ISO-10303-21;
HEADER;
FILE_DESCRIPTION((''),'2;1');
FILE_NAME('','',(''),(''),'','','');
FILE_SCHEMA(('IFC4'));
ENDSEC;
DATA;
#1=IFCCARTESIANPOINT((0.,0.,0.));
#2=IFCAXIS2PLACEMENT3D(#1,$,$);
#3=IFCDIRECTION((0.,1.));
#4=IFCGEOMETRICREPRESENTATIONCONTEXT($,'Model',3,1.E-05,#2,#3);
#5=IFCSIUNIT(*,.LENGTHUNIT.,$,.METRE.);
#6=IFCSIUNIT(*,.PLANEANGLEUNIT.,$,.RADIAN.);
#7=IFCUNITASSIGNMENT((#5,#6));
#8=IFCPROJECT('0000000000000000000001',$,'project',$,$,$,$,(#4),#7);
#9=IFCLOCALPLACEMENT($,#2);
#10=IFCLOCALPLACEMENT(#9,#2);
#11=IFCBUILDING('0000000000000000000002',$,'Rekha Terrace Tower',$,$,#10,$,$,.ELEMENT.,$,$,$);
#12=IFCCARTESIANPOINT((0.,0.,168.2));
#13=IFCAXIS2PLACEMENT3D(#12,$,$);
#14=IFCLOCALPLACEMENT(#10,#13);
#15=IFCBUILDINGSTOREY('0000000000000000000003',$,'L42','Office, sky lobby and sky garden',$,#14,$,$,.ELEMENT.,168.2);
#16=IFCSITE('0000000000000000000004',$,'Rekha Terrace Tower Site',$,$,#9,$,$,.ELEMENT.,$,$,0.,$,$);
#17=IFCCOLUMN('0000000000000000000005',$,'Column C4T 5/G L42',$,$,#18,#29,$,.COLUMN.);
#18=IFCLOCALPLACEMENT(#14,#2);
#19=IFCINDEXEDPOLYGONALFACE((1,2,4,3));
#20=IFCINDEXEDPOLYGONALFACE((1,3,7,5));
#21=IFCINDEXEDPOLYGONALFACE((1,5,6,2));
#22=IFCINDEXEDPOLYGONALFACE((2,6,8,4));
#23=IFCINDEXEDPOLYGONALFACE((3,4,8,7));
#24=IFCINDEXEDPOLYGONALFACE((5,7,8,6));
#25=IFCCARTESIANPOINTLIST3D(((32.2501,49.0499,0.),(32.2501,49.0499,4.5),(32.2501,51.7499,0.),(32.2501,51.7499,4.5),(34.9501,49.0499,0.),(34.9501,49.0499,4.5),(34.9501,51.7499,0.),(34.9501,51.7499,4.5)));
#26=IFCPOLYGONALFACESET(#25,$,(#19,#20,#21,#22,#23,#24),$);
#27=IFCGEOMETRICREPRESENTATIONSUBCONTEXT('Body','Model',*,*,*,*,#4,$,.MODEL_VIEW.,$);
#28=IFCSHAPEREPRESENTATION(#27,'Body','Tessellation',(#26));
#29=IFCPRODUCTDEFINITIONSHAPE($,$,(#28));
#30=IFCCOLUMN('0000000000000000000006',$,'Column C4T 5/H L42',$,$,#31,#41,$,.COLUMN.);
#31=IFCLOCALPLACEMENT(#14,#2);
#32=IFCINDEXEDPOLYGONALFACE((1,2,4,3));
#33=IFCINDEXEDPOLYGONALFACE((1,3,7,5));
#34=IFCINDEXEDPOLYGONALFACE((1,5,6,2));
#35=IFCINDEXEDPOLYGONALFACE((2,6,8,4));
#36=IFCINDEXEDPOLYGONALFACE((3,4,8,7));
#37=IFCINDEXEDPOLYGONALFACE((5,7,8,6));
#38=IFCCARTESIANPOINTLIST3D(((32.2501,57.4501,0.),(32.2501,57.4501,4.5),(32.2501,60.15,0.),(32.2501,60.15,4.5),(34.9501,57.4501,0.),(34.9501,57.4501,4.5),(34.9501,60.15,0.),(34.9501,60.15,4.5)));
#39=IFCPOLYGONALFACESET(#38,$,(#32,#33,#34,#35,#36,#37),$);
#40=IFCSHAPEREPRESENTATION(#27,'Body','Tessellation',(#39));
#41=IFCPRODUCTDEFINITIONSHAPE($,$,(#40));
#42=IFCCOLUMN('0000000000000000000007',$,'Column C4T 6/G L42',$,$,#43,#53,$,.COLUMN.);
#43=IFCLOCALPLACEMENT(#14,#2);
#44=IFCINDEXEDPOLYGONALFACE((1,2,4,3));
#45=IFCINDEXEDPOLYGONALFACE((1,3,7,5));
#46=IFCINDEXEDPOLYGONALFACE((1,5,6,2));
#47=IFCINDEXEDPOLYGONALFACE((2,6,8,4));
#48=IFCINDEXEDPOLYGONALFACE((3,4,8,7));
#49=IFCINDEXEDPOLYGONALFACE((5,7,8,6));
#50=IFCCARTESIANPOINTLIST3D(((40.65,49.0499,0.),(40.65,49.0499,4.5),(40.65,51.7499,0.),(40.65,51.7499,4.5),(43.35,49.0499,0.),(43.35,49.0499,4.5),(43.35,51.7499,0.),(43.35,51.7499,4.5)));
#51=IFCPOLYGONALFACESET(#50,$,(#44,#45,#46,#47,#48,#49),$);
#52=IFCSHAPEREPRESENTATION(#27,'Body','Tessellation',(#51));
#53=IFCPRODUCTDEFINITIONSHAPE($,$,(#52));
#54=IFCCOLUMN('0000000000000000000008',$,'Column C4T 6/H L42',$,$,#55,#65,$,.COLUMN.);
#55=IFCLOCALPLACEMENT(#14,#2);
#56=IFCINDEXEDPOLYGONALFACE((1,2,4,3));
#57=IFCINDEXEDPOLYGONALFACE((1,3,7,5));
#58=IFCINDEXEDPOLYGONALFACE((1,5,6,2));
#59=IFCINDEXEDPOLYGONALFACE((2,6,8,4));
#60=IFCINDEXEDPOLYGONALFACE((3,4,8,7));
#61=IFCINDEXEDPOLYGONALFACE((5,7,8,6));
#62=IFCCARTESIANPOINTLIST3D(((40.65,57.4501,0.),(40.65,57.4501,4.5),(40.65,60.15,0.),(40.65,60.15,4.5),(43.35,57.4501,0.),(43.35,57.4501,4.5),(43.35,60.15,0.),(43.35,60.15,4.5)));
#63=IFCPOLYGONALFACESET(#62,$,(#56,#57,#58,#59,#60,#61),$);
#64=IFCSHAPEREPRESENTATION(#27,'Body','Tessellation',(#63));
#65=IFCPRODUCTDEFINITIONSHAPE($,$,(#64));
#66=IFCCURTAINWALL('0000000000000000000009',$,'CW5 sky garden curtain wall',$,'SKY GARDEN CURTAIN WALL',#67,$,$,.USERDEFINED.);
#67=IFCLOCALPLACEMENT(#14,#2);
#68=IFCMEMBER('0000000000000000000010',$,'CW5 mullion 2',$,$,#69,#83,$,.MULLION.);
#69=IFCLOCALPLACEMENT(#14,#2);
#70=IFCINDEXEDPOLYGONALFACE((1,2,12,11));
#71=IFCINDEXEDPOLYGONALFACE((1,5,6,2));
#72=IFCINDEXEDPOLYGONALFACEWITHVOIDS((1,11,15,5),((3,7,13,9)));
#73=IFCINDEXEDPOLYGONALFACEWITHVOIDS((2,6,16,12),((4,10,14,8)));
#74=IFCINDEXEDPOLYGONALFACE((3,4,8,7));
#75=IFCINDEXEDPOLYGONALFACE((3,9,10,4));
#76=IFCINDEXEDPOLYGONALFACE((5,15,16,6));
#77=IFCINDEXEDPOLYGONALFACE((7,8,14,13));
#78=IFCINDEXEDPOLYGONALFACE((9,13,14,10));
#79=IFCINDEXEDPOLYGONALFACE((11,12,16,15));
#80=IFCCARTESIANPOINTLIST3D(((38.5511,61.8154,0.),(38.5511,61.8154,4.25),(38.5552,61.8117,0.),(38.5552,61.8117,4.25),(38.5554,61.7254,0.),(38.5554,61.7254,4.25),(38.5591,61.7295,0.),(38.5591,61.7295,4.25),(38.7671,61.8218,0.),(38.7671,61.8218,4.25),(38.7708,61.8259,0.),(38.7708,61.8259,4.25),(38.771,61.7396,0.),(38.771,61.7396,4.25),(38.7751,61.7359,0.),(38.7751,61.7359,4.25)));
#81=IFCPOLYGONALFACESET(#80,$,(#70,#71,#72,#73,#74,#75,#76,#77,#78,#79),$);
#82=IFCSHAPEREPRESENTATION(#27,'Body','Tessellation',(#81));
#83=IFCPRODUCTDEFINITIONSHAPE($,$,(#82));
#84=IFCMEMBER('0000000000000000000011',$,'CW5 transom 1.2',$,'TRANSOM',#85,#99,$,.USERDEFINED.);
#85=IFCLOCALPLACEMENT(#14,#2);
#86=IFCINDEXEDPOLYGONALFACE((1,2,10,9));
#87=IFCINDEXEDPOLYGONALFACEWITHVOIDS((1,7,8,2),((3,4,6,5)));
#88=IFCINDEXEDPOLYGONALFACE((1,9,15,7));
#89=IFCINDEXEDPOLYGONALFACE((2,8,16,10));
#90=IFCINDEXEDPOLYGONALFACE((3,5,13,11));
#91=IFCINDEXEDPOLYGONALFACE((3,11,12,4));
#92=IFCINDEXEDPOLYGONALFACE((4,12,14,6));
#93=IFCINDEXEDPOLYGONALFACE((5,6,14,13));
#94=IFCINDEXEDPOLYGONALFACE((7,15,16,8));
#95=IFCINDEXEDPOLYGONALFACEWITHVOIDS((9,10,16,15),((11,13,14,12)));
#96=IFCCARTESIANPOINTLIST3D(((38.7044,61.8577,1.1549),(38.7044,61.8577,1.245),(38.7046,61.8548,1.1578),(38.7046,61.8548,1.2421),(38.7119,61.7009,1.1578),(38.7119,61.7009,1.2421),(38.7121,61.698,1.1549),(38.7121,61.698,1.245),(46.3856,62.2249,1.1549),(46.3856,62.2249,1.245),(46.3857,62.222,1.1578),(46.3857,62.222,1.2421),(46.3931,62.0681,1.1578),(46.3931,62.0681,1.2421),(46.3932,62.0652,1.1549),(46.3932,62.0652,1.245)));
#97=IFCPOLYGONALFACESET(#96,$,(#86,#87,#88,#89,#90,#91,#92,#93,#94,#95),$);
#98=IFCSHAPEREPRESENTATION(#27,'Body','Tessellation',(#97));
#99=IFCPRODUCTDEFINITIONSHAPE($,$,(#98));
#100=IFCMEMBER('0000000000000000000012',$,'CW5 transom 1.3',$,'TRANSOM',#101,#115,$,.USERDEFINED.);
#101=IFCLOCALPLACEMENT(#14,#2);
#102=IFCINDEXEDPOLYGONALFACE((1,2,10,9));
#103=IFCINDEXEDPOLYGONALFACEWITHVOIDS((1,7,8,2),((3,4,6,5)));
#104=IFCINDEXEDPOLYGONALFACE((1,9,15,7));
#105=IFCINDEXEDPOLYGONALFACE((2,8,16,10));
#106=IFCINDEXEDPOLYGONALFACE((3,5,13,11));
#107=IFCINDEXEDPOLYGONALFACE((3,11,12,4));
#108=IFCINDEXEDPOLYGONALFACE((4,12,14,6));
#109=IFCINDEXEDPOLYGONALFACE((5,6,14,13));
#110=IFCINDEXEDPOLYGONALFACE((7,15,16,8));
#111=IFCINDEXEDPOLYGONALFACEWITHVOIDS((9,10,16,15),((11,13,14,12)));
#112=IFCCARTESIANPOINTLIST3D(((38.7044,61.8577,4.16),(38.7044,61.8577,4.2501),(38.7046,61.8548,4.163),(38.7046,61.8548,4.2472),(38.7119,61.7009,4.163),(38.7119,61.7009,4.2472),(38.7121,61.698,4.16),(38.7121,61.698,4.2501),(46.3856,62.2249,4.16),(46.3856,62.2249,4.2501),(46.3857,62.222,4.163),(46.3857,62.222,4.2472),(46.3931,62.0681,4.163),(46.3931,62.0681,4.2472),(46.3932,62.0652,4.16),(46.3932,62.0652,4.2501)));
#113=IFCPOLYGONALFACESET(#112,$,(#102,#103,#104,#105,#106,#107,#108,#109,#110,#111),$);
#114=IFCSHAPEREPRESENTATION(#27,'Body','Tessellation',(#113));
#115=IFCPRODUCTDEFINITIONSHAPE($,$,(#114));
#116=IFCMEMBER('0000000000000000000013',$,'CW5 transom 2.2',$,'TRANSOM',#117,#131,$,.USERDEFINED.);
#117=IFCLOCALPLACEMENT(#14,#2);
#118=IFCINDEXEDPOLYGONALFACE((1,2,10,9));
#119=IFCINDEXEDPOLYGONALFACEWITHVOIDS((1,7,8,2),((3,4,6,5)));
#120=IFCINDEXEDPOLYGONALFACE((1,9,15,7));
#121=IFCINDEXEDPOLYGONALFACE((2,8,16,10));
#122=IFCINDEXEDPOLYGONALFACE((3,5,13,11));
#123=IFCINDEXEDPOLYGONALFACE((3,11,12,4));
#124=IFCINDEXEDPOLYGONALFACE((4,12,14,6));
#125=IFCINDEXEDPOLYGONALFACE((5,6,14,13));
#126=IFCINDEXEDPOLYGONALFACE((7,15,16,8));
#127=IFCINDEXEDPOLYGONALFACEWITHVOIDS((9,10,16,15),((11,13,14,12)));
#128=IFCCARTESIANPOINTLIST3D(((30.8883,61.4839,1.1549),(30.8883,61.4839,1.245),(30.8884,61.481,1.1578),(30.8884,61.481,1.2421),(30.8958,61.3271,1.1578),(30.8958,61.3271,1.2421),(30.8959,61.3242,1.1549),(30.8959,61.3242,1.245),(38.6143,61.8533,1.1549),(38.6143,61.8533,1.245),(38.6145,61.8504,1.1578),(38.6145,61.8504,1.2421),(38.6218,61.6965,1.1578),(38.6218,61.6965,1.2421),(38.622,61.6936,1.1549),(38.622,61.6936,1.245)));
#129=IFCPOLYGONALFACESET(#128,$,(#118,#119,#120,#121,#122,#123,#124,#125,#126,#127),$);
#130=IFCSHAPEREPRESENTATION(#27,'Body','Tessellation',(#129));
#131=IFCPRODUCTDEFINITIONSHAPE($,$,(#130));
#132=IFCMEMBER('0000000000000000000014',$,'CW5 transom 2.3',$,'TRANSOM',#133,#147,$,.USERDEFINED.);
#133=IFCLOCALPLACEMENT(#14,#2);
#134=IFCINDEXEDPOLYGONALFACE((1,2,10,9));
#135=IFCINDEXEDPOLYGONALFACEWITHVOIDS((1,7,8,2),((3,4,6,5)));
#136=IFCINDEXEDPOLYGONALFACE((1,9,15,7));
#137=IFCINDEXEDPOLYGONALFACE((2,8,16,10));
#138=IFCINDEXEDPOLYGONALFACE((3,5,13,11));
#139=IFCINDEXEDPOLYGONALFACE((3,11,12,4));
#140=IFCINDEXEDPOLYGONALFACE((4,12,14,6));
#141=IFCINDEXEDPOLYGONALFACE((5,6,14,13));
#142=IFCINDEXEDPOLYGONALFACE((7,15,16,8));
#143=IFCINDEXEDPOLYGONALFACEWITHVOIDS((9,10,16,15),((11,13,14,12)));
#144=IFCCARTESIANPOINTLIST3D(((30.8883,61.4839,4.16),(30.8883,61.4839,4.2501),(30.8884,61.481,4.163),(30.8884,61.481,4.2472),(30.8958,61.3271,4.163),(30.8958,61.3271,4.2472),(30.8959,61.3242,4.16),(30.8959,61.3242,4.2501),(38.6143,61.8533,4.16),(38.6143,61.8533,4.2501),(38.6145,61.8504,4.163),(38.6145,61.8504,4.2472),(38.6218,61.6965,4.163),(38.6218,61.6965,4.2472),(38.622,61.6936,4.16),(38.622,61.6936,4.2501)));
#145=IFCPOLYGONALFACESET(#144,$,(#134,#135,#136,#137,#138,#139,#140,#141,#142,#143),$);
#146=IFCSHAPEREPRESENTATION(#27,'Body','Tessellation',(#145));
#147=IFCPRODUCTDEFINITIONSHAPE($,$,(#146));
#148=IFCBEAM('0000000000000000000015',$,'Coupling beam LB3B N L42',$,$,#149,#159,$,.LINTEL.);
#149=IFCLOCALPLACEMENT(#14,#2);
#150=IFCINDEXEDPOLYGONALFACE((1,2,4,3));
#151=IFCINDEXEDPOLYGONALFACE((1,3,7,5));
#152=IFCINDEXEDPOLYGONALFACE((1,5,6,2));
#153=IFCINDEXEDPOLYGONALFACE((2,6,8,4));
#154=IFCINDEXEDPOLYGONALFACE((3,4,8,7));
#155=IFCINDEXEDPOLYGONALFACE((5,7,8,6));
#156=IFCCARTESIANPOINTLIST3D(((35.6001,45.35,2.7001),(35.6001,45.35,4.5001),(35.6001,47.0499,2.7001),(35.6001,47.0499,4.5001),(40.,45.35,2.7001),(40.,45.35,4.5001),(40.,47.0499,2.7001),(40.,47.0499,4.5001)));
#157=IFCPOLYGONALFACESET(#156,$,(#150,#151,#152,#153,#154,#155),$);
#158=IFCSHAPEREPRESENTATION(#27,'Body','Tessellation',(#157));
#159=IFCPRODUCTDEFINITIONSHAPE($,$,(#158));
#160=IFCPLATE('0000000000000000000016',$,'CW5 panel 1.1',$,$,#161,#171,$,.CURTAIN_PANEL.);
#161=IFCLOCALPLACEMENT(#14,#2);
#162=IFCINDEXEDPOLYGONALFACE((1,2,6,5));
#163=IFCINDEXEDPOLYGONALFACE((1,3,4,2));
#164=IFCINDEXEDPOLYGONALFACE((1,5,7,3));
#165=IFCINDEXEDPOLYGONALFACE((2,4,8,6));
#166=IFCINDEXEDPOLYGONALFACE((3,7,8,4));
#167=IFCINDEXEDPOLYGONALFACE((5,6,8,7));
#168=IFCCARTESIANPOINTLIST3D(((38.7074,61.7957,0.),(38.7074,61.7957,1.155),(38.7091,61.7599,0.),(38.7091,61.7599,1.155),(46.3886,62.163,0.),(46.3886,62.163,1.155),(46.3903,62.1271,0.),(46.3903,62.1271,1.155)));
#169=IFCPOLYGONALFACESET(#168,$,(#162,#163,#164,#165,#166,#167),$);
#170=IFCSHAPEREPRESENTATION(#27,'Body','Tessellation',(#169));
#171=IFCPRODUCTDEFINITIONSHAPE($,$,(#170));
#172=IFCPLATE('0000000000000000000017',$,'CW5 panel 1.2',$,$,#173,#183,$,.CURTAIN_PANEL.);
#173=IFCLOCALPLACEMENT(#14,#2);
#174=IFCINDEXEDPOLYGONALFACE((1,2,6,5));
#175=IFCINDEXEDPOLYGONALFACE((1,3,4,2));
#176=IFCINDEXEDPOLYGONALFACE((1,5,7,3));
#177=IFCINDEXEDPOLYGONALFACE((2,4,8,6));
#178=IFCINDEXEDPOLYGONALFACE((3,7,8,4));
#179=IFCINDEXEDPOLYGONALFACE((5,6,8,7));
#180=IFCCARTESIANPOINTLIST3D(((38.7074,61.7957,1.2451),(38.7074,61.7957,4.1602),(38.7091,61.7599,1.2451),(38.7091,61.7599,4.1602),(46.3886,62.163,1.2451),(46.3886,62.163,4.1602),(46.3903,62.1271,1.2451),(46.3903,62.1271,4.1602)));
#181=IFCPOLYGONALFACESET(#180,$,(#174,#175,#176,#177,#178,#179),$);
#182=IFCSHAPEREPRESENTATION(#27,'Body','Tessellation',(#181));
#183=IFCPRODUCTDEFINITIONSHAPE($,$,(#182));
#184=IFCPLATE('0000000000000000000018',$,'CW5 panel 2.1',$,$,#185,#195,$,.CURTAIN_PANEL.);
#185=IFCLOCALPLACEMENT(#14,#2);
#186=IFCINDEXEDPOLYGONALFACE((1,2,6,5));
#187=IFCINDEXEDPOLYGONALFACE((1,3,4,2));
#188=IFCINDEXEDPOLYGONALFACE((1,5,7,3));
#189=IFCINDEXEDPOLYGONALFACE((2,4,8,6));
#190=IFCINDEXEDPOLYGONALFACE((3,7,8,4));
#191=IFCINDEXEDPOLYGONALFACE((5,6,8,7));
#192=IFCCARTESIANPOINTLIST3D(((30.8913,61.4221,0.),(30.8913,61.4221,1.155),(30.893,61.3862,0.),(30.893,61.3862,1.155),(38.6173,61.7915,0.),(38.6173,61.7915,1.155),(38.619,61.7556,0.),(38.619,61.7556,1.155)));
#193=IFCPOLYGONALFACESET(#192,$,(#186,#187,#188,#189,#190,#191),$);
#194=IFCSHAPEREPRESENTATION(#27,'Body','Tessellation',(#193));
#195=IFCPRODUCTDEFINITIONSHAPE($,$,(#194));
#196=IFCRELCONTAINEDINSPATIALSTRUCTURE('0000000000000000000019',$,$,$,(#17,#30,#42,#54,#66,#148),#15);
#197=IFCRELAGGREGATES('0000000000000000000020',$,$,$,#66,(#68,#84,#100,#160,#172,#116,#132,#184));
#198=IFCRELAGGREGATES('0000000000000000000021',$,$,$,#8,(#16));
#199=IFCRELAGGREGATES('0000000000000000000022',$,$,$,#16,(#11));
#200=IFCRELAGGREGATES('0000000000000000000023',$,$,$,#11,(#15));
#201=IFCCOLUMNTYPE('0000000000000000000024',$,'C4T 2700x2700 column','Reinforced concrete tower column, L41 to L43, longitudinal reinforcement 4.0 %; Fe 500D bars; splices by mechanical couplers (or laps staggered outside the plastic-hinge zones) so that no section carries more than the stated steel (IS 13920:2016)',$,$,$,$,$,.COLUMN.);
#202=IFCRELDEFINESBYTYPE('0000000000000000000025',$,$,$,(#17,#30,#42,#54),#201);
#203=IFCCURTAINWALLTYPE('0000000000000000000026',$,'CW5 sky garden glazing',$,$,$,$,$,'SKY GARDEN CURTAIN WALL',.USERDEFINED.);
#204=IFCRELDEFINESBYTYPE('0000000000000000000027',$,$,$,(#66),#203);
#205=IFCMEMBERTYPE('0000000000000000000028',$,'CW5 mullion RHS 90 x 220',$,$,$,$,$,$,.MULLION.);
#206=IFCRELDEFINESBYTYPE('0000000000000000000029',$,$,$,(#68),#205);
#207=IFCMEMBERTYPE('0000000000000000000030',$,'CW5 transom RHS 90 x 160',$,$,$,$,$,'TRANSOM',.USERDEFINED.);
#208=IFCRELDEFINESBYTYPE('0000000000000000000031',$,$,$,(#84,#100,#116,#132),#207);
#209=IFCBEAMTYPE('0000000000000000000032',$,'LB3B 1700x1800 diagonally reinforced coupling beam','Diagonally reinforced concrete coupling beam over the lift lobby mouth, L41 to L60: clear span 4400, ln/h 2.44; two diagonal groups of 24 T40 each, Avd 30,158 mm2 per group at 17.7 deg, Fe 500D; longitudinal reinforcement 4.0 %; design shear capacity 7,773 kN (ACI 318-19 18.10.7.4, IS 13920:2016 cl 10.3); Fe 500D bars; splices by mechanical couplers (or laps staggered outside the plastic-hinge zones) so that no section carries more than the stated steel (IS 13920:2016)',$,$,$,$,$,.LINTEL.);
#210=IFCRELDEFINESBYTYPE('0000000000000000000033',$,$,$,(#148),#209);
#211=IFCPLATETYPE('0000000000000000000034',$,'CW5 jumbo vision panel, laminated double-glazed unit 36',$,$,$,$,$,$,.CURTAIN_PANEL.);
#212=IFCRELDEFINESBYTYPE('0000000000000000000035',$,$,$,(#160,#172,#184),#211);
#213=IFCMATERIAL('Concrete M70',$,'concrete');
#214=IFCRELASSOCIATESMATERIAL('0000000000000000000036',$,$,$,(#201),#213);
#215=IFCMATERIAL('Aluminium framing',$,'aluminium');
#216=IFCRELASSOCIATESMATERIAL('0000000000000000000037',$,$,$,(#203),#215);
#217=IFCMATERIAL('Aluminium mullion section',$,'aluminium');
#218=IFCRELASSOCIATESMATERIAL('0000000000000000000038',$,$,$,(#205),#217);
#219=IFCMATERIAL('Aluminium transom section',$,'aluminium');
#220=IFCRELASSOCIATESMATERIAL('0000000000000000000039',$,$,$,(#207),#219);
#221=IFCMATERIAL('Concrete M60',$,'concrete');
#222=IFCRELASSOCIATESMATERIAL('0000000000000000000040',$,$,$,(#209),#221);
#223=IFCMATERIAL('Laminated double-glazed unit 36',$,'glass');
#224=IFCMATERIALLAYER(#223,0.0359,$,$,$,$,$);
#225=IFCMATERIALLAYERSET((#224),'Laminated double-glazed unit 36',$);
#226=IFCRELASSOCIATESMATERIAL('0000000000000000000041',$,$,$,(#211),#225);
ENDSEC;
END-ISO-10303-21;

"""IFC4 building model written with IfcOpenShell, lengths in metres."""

from ifc_helpers import new_model, si_unit, direction, frame, origin, origin_2d, place, context, subcontext, project, spatial, rectangle, hollow_rectangle, extrude, material, layer, layer_set, material_profile, profile_set, type_object, element, aggregate, save


model = new_model("IFC4")

# Units and contexts
model_context = context("Model", 3, precision=1e-05, world=origin(), true_north=direction((0.0, 1.0)))
body_context = subcontext(model_context, "Body", "Model", "MODEL_VIEW")
ifc_project = project(units=[si_unit("LENGTHUNIT", "METRE"), si_unit("PLANEANGLEUNIT", "RADIAN")], contexts=[model_context])

# Site, building, storey
site_placement = place(None, origin())
site = spatial("IfcSite", under=ifc_project, at=site_placement, Name="Rekha Terrace Tower Site", CompositionType="ELEMENT", RefElevation=0.0)
building_placement = place(site_placement, origin())
building = spatial("IfcBuilding", under=site, at=building_placement, Name="Rekha Terrace Tower", CompositionType="ELEMENT")
storey_placement = place(building_placement, frame((0.0, 0.0, 168.2)))
storey = spatial("IfcBuildingStorey", under=building, at=storey_placement, Name="L42", Description="Office, sky lobby and sky garden", CompositionType="ELEMENT", Elevation=168.2)

# Columns
ifc_material_1 = material(Name="Concrete M70", Category="concrete")
ifc_material_profile_1 = material_profile(ifc_material_1, rectangle(XDim=2.7, YDim=2.7, at=origin_2d()), Name="RC 2700x2700")
ifc_profile_set_1 = profile_set([ifc_material_profile_1], Name="Concrete M70")
column_type = type_object("IfcColumnType", Name="C4T 2700x2700 column", Description="Reinforced concrete tower column, L41 to L43, longitudinal reinforcement 4.0 %; Fe 500D bars; splices by mechanical couplers (or laps staggered outside the plastic-hinge zones) so that no section carries more than the stated steel (IS 13920:2016)", PredefinedType="COLUMN", material=ifc_profile_set_1)
for number, where, z_axis, x_axis, name in (
    (1, (33.6001, 50.3999, 0.0), (0.0, 0.0, 1.0), (1.0, 0.0, 0.0), "Column C4T 5/G L42"),
    (2, (33.6001, 58.8, 0.0), (0.0, 0.0, 1.0), (1.0, 0.0, 0.0), "Column C4T 5/H L42"),
    (3, (42.0, 50.3999, 0.0), (0.0, 0.0, 1.0), (1.0, 0.0, 0.0), "Column C4T 6/G L42"),
    (4, (42.0, 58.8, 0.0), (0.0, 0.0, 1.0), (1.0, 0.0, 0.0), "Column C4T 6/H L42"),
):
    element("IfcColumn", number, at=place(storey_placement, frame(where, z_axis=z_axis, x_axis=x_axis)), inside=storey, type_object=column_type, Name=name, PredefinedType="COLUMN", context=body_context, shape_type="SweptSolid", body=[
        extrude(rectangle(XDim=2.7, YDim=2.7, at=origin_2d()), origin(), (0.0, 0.0, 1.0), 4.5),
    ])

# Curtain wall, members
ifc_material_2 = material(Name="Aluminium framing", Category="aluminium")
curtain_wall_type = type_object("IfcCurtainWallType", Name="CW5 sky garden glazing", ElementType="SKY GARDEN CURTAIN WALL", PredefinedType="USERDEFINED", material=ifc_material_2)
curtain_wall_placement = place(storey_placement, origin())
curtain_wall = element("IfcCurtainWall", 5, at=curtain_wall_placement, inside=storey, type_object=curtain_wall_type, Name="CW5 sky garden curtain wall", ObjectType="SKY GARDEN CURTAIN WALL", PredefinedType="USERDEFINED")
ifc_material_3 = material(Name="Aluminium mullion section", Category="aluminium")
ifc_material_profile_2 = material_profile(ifc_material_3, hollow_rectangle(XDim=0.0901, YDim=0.22, WallThickness=0.0039, at=origin_2d()), Name="AL RHS 90x220")
ifc_profile_set_2 = profile_set([ifc_material_profile_2], Name="Aluminium mullion section")
member_type_1 = type_object("IfcMemberType", Name="CW5 mullion RHS 90 x 220", PredefinedType="MULLION", material=ifc_profile_set_2)
member_1_placement = place(storey_placement, frame((38.6631, 61.7756, 0.0), z_axis=(0.0, 0.0, 1.0), x_axis=(0.047759, -0.998859, 0.0)))
member_1 = element("IfcMember", 6, at=member_1_placement, type_object=member_type_1, Name="CW5 mullion 2", PredefinedType="MULLION", context=body_context, shape_type="SweptSolid", body=[
    extrude(hollow_rectangle(XDim=0.0901, YDim=0.22, WallThickness=0.0039, at=origin_2d()), origin(), (0.0, 0.0, 1.0), 4.25),
])
ifc_material_4 = material(Name="Aluminium transom section", Category="aluminium")
ifc_material_profile_3 = material_profile(ifc_material_4, hollow_rectangle(XDim=0.1599, YDim=0.0901, WallThickness=0.0029, at=origin_2d()), Name="AL RHS 160x90")
ifc_profile_set_3 = profile_set([ifc_material_profile_3], Name="Aluminium transom section")
member_type_2 = type_object("IfcMemberType", Name="CW5 transom RHS 90 x 160", ElementType="TRANSOM", PredefinedType="USERDEFINED", material=ifc_profile_set_3)
member_2_placement = place(storey_placement, frame((46.3894, 62.145, 1.2), z_axis=(-0.998859, -0.047749, 0.0), x_axis=(0.047749, -0.998859, 0.0)))
member_2 = element("IfcMember", 7, at=member_2_placement, type_object=member_type_2, Name="CW5 transom 1.2", ObjectType="TRANSOM", PredefinedType="USERDEFINED", context=body_context, shape_type="SweptSolid", body=[
    extrude(hollow_rectangle(XDim=0.1599, YDim=0.0901, WallThickness=0.0029, at=origin_2d()), origin(), (0.0, 0.0, 1.0), 7.6899),
])
member_3_placement = place(storey_placement, frame((46.3894, 62.145, 4.2051), z_axis=(-0.998859, -0.047749, 0.0), x_axis=(0.047749, -0.998859, 0.0)))
member_3 = element("IfcMember", 8, at=member_3_placement, type_object=member_type_2, Name="CW5 transom 1.3", ObjectType="TRANSOM", PredefinedType="USERDEFINED", context=body_context, shape_type="SweptSolid", body=[
    extrude(hollow_rectangle(XDim=0.1599, YDim=0.0901, WallThickness=0.0029, at=origin_2d()), origin(), (0.0, 0.0, 1.0), 7.6899),
])
member_4_placement = place(storey_placement, frame((38.6182, 61.7734, 1.2), z_axis=(-0.998859, -0.047756, 0.0), x_axis=(0.047756, -0.998859, 0.0)))
member_4 = element("IfcMember", 9, at=member_4_placement, type_object=member_type_2, Name="CW5 transom 2.2", ObjectType="TRANSOM", PredefinedType="USERDEFINED", context=body_context, shape_type="SweptSolid", body=[
    extrude(hollow_rectangle(XDim=0.1599, YDim=0.0901, WallThickness=0.0029, at=origin_2d()), origin(), (0.0, 0.0, 1.0), 7.7349),
])
member_5_placement = place(storey_placement, frame((38.6182, 61.7734, 4.2051), z_axis=(-0.998859, -0.047756, 0.0), x_axis=(0.047756, -0.998859, 0.0)))
member_5 = element("IfcMember", 10, at=member_5_placement, type_object=member_type_2, Name="CW5 transom 2.3", ObjectType="TRANSOM", PredefinedType="USERDEFINED", context=body_context, shape_type="SweptSolid", body=[
    extrude(hollow_rectangle(XDim=0.1599, YDim=0.0901, WallThickness=0.0029, at=origin_2d()), origin(), (0.0, 0.0, 1.0), 7.7349),
])

# Beam
ifc_material_5 = material(Name="Concrete M60", Category="concrete")
ifc_material_profile_4 = material_profile(ifc_material_5, rectangle(XDim=1.7, YDim=1.8, at=origin_2d()), Name="RC 1700x1800")
ifc_profile_set_4 = profile_set([ifc_material_profile_4], Name="Concrete M60")
beam_type = type_object("IfcBeamType", Name="LB3B 1700x1800 diagonally reinforced coupling beam", Description="Diagonally reinforced concrete coupling beam over the lift lobby mouth, L41 to L60: clear span 4400, ln/h 2.44; two diagonal groups of 24 T40 each, Avd 30,158 mm2 per group at 17.7 deg, Fe 500D; longitudinal reinforcement 4.0 %; design shear capacity 7,773 kN (ACI 318-19 18.10.7.4, IS 13920:2016 cl 10.3); Fe 500D bars; splices by mechanical couplers (or laps staggered outside the plastic-hinge zones) so that no section carries more than the stated steel (IS 13920:2016)", PredefinedType="LINTEL", material=ifc_profile_set_4)
beam_placement = place(storey_placement, frame((35.6001, 46.2, 3.6001), z_axis=(1.0, 0.0, 0.0), x_axis=(0.0, 1.0, 0.0)))
element("IfcBeam", 11, at=beam_placement, inside=storey, type_object=beam_type, Name="Coupling beam LB3B N L42", PredefinedType="LINTEL", context=body_context, shape_type="SweptSolid", body=[
    extrude(rectangle(XDim=1.7, YDim=1.8, at=origin_2d()), origin(), (0.0, 0.0, 1.0), 4.3999),
])

# Plates
ifc_material_6 = material(Name="Laminated double-glazed unit 36", Category="glass")
ifc_layer_1 = layer(ifc_material_6, 0.0359)
ifc_layer_set_1 = layer_set([ifc_layer_1], Name="Laminated double-glazed unit 36")
plate_type = type_object("IfcPlateType", Name="CW5 jumbo vision panel, laminated double-glazed unit 36", PredefinedType="CURTAIN_PANEL", material=ifc_layer_set_1)
plate_1_placement = place(storey_placement, frame((42.5488, 61.9614, 0.0), z_axis=(0.0, 0.0, 1.0), x_axis=(-0.998859, -0.047759, 0.0)))
plate_1 = element("IfcPlate", 12, at=plate_1_placement, type_object=plate_type, Name="CW5 panel 1.1", PredefinedType="CURTAIN_PANEL", context=body_context, shape_type="SweptSolid", body=[
    extrude(rectangle(XDim=7.6899, YDim=0.0359, at=origin_2d()), origin(), (0.0, 0.0, 1.0), 1.155),
])
plate_2_placement = place(storey_placement, frame((42.5488, 61.9614, 1.2451), z_axis=(0.0, 0.0, 1.0), x_axis=(-0.998859, -0.047759, 0.0)))
plate_2 = element("IfcPlate", 13, at=plate_2_placement, type_object=plate_type, Name="CW5 panel 1.2", PredefinedType="CURTAIN_PANEL", context=body_context, shape_type="SweptSolid", body=[
    extrude(rectangle(XDim=7.6899, YDim=0.0359, at=origin_2d()), origin(), (0.0, 0.0, 1.0), 2.915),
])
plate_3_placement = place(storey_placement, frame((34.7551, 61.5889, 0.0), z_axis=(0.0, 0.0, 1.0), x_axis=(-0.998859, -0.047759, 0.0)))
plate_3 = element("IfcPlate", 14, at=plate_3_placement, type_object=plate_type, Name="CW5 panel 2.1", PredefinedType="CURTAIN_PANEL", context=body_context, shape_type="SweptSolid", body=[
    extrude(rectangle(XDim=7.7349, YDim=0.0359, at=origin_2d()), origin(), (0.0, 0.0, 1.0), 1.155),
])
aggregate(curtain_wall, [member_1, member_2, member_3, plate_1, plate_2, member_4, member_5, plate_3])

save(model, "model.ifc")
